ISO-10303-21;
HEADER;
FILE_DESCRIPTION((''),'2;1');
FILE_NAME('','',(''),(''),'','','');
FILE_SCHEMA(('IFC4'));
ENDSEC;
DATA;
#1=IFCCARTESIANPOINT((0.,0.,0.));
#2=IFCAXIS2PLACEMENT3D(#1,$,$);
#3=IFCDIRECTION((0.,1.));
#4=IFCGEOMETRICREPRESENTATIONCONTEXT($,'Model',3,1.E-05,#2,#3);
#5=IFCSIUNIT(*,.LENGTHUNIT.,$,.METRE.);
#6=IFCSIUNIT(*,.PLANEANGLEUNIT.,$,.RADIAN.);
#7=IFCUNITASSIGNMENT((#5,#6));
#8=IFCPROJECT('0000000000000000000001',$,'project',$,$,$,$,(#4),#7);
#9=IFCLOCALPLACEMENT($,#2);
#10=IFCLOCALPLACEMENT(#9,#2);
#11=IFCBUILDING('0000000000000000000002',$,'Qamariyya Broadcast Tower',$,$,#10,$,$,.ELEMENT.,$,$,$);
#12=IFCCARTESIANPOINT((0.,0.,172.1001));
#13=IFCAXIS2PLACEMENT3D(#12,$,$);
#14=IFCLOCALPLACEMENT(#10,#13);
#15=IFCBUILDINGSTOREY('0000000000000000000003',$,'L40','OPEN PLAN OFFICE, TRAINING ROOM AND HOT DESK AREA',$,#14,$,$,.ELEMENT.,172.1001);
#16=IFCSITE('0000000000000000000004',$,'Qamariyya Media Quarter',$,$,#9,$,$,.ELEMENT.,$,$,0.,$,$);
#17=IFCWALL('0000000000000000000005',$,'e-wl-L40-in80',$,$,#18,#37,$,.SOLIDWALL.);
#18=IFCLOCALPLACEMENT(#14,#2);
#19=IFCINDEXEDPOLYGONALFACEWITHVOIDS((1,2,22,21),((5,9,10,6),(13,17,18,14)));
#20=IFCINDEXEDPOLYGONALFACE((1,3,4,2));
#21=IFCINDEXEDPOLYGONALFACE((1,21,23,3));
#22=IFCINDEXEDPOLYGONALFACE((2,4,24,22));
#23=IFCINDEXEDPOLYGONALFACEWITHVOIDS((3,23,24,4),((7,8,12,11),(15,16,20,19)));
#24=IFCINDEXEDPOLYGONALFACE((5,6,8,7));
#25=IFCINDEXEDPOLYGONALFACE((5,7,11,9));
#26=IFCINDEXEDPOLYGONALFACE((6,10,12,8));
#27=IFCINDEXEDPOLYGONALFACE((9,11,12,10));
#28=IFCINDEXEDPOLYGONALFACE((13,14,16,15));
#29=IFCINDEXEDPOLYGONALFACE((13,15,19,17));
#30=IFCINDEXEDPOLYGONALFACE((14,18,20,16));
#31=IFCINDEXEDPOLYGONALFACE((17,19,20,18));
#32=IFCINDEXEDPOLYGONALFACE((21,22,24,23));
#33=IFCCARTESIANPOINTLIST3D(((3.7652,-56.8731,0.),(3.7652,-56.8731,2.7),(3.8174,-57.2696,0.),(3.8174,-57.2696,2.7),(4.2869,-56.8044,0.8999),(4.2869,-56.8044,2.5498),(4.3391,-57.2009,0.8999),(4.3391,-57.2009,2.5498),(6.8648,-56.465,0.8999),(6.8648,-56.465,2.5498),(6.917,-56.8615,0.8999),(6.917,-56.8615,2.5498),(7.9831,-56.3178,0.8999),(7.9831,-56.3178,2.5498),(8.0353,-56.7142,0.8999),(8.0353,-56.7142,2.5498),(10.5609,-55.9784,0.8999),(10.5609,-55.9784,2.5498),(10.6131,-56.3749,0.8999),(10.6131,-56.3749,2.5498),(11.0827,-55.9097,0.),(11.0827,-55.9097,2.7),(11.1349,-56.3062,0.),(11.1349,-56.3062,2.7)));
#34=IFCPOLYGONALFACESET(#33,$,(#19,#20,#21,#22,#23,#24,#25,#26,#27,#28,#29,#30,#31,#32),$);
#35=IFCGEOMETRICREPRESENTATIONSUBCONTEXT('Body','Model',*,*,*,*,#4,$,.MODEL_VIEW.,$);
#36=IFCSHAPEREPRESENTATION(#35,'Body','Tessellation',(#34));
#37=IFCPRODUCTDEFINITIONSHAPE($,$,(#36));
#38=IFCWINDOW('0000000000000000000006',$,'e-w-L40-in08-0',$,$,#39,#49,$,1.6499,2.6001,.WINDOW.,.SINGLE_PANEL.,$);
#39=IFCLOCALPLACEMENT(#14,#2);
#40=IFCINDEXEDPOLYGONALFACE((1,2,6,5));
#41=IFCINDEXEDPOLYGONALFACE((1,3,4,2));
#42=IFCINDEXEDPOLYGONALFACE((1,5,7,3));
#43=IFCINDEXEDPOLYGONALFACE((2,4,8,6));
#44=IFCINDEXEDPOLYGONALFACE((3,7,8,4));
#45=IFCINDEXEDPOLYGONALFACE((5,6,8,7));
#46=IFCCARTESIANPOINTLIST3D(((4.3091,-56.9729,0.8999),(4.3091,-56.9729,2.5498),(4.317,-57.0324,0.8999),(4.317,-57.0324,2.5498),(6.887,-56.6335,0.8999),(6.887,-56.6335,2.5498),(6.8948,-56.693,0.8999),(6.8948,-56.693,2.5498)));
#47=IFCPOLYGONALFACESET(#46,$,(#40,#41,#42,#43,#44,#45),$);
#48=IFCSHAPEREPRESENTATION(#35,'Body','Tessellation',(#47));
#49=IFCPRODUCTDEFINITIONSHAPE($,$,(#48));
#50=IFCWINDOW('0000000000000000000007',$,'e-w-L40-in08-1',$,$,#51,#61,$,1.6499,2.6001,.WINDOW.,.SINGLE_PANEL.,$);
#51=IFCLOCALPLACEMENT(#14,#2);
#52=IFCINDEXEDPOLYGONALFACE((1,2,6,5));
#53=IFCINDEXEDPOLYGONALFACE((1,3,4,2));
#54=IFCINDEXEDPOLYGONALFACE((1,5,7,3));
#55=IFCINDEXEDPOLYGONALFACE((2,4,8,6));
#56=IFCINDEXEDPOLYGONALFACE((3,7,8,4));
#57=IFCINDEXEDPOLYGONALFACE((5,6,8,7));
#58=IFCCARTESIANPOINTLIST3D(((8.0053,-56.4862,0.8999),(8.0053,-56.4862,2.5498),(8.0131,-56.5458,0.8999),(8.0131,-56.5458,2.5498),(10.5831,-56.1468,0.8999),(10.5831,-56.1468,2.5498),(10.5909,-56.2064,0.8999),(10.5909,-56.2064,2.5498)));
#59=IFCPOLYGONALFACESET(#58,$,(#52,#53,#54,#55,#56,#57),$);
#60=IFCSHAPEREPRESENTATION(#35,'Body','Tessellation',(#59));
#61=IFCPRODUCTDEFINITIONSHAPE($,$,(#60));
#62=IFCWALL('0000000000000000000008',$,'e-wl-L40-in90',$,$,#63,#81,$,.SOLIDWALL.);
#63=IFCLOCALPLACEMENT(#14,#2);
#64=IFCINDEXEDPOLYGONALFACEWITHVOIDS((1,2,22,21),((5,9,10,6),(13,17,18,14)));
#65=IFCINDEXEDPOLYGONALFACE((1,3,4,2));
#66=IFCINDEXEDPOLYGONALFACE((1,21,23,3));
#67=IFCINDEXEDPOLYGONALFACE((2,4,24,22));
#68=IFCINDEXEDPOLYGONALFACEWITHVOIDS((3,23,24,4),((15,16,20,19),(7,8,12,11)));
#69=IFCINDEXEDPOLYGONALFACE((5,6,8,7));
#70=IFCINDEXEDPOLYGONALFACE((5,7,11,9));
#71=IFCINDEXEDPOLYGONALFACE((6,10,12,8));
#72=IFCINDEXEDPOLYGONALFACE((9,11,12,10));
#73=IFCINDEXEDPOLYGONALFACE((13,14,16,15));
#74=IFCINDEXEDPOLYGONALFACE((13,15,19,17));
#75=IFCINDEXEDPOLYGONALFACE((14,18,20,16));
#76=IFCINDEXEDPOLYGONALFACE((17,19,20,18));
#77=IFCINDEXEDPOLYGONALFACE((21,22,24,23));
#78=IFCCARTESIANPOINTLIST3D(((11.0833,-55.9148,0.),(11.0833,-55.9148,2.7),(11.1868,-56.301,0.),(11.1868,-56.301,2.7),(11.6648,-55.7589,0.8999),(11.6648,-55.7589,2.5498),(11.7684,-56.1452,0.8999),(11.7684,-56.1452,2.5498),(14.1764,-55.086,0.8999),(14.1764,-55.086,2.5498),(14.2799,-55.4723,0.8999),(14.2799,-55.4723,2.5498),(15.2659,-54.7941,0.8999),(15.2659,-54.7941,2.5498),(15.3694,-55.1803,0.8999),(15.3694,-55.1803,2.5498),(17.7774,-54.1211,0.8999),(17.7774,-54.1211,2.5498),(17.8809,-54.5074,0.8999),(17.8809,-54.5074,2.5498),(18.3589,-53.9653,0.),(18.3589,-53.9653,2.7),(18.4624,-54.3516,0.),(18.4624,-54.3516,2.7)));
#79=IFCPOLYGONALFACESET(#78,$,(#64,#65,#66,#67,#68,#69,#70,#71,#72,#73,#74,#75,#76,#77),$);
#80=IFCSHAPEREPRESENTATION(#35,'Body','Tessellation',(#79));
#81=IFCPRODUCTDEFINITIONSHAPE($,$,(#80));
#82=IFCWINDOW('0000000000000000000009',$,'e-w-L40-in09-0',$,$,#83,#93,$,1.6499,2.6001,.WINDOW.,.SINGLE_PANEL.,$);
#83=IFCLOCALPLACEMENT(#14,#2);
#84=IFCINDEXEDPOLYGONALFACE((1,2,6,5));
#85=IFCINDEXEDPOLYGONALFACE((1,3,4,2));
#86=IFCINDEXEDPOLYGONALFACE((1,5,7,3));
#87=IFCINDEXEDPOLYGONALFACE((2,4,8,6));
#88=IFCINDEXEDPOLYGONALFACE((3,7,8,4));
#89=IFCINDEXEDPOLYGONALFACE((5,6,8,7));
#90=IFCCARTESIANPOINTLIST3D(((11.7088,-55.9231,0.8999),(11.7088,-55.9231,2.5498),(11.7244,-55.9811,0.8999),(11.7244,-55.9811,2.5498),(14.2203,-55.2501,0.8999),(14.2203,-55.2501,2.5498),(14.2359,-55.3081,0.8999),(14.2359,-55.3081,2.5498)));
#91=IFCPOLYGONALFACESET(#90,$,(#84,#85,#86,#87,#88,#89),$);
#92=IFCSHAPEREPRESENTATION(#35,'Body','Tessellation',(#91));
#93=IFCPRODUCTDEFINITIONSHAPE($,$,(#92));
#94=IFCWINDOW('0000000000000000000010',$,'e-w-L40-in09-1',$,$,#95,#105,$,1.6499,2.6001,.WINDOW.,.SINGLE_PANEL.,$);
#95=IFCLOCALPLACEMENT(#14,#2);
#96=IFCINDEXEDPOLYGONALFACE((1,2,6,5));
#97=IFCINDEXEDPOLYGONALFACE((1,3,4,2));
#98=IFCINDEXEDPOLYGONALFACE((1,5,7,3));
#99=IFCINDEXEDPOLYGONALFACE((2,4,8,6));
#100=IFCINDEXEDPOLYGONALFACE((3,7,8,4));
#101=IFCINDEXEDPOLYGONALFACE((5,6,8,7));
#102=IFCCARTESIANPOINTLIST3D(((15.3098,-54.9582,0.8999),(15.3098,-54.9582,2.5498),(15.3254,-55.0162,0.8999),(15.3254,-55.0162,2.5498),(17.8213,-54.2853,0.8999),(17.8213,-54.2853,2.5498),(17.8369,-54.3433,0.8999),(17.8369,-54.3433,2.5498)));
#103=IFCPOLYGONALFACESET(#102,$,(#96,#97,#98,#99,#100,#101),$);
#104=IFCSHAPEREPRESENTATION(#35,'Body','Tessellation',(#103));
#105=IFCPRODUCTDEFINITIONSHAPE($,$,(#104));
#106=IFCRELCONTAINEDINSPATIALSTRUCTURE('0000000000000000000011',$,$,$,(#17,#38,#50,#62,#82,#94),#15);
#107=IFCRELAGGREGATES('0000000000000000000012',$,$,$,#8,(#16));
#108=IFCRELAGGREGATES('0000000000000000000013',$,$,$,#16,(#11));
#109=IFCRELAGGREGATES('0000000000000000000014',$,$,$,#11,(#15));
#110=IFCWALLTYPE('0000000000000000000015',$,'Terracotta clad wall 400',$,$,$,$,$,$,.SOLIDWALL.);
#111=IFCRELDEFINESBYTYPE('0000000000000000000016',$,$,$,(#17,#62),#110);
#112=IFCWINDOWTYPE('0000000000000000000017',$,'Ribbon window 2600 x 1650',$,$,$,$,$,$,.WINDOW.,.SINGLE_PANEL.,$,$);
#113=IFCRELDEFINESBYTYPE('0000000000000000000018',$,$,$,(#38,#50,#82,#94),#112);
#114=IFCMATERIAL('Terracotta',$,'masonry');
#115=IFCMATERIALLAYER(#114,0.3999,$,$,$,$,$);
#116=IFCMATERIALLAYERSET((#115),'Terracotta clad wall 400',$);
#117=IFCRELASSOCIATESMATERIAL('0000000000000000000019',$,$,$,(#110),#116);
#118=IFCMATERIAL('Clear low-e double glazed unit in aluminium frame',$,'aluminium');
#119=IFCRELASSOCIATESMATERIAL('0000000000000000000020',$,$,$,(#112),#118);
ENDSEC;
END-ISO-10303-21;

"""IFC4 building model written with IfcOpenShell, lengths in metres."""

from ifc_helpers import new_model, si_unit, direction, frame, frame_2d, origin, place, context, subcontext, project, spatial, rectangle, extrude, material, layer, layer_set, type_object, element, fill, save


model = new_model("IFC4")

# Units and contexts
model_context = context("Model", 3, precision=1e-05, world=origin(), true_north=direction((0.0, 1.0)))
body_context = subcontext(model_context, "Body", "Model", "MODEL_VIEW")
ifc_project = project(units=[si_unit("LENGTHUNIT", "METRE"), si_unit("PLANEANGLEUNIT", "RADIAN")], contexts=[model_context])

# Site, building, storey
site_placement = place(None, origin())
site = spatial("IfcSite", under=ifc_project, at=site_placement, Name="Qamariyya Media Quarter", CompositionType="ELEMENT", RefElevation=0.0)
building_placement = place(site_placement, origin())
building = spatial("IfcBuilding", under=site, at=building_placement, Name="Qamariyya Broadcast Tower", CompositionType="ELEMENT")
storey_placement = place(building_placement, frame((0.0, 0.0, 172.1001)))
storey = spatial("IfcBuildingStorey", under=building, at=storey_placement, Name="L40", Description="OPEN PLAN OFFICE, TRAINING ROOM AND HOT DESK AREA", CompositionType="ELEMENT", Elevation=172.1001)

# Walls, openings, windows
ifc_material_1 = material(Name="Terracotta", Category="masonry")
ifc_layer_1 = layer(ifc_material_1, 0.3999)
ifc_layer_set_1 = layer_set([ifc_layer_1], Name="Terracotta clad wall 400")
wall_type_1 = type_object("IfcWallType", Name="Terracotta clad wall 400", PredefinedType="SOLIDWALL", material=ifc_layer_set_1)
ifc_material_2 = material(Name="Clear low-e double glazed unit in aluminium frame", Category="aluminium")
window_type = type_object("IfcWindowType", Name="Ribbon window 2600 x 1650", PartitioningType="SINGLE_PANEL", PredefinedType="WINDOW", material=ifc_material_2)
wall_1_placement = place(storey_placement, frame((11.1089, -56.1079, 0.0), z_axis=(0.0, 0.0, 1.0), x_axis=(-0.991444, -0.13053, 0.0)))
wall_1 = element("IfcWall", 1, at=wall_1_placement, inside=storey, type_object=wall_type_1, Name="e-wl-L40-in80", PredefinedType="SOLIDWALL", context=body_context, shape_type="SweptSolid", body=[
    extrude(rectangle(XDim=7.3806, YDim=0.3999, at=frame_2d((3.6904, 0.0))), origin(), (0.0, 0.0, 1.0), 2.7),
])
opening_1_placement = place(wall_1_placement, frame((4.2544, 0.0, 0.8999)))
opening_1 = element("IfcOpeningElement", 2, at=opening_1_placement, cuts=wall_1, PredefinedType="OPENING", context=body_context, shape_type="SweptSolid", body=[
    extrude(rectangle(XDim=2.6001, YDim=1.6499, at=frame_2d((1.3, 0.825))), frame((0.0, 0.21, 0.0), z_axis=(0.0, -1.0, 0.0), x_axis=(1.0, 0.0, 0.0)), (0.0, 0.0, 1.0), 0.4199),
])
opening_2_placement = place(wall_1_placement, frame((0.5264, 0.0, 0.8999)))
opening_2 = element("IfcOpeningElement", 3, at=opening_2_placement, cuts=wall_1, PredefinedType="OPENING", context=body_context, shape_type="SweptSolid", body=[
    extrude(rectangle(XDim=2.6001, YDim=1.6499, at=frame_2d((1.3, 0.825))), frame((0.0, 0.21, 0.0), z_axis=(0.0, -1.0, 0.0), x_axis=(1.0, 0.0, 0.0)), (0.0, 0.0, 1.0), 0.4199),
])
window_1_placement = place(opening_1_placement, origin())
window_1 = element("IfcWindow", 4, at=window_1_placement, inside=storey, type_object=window_type, Name="e-w-L40-in08-0", OverallHeight=1.6499, OverallWidth=2.6001, PartitioningType="SINGLE_PANEL", PredefinedType="WINDOW", context=body_context, shape_type="SweptSolid", body=[
    extrude(rectangle(XDim=2.6001, YDim=1.6499, at=frame_2d((1.3, 0.825))), frame((0.0, 0.03, 0.0), z_axis=(0.0, -1.0, 0.0), x_axis=(1.0, 0.0, 0.0)), (0.0, 0.0, 1.0), 0.0601),
])
fill(opening_1, window_1)
window_2_placement = place(opening_2_placement, origin())
window_2 = element("IfcWindow", 5, at=window_2_placement, inside=storey, type_object=window_type, Name="e-w-L40-in08-1", OverallHeight=1.6499, OverallWidth=2.6001, PartitioningType="SINGLE_PANEL", PredefinedType="WINDOW", context=body_context, shape_type="SweptSolid", body=[
    extrude(rectangle(XDim=2.6001, YDim=1.6499, at=frame_2d((1.3, 0.825))), frame((0.0, 0.03, 0.0), z_axis=(0.0, -1.0, 0.0), x_axis=(1.0, 0.0, 0.0)), (0.0, 0.0, 1.0), 0.0601),
])
fill(opening_2, window_2)
wall_2_placement = place(storey_placement, frame((18.4106, -54.1584, 0.0), z_axis=(0.0, 0.0, 1.0), x_axis=(-0.965927, -0.258814, 0.0)))
wall_2 = element("IfcWall", 6, at=wall_2_placement, inside=storey, type_object=wall_type_1, Name="e-wl-L40-in90", PredefinedType="SOLIDWALL", context=body_context, shape_type="SweptSolid", body=[
    extrude(rectangle(XDim=7.5322, YDim=0.3999, at=frame_2d((3.7661, 0.0))), origin(), (0.0, 0.0, 1.0), 2.7),
])
opening_3_placement = place(wall_2_placement, frame((4.3301, 0.0, 0.8999)))
opening_3 = element("IfcOpeningElement", 7, at=opening_3_placement, cuts=wall_2, PredefinedType="OPENING", context=body_context, shape_type="SweptSolid", body=[
    extrude(rectangle(XDim=2.6001, YDim=1.6499, at=frame_2d((1.3, 0.825))), frame((0.0, 0.21, 0.0), z_axis=(0.0, -1.0, 0.0), x_axis=(1.0, 0.0, 0.0)), (0.0, 0.0, 1.0), 0.4199),
])
opening_4_placement = place(wall_2_placement, frame((0.6021, 0.0, 0.8999)))
opening_4 = element("IfcOpeningElement", 8, at=opening_4_placement, cuts=wall_2, PredefinedType="OPENING", context=body_context, shape_type="SweptSolid", body=[
    extrude(rectangle(XDim=2.6001, YDim=1.6499, at=frame_2d((1.3, 0.825))), frame((0.0, 0.21, 0.0), z_axis=(0.0, -1.0, 0.0), x_axis=(1.0, 0.0, 0.0)), (0.0, 0.0, 1.0), 0.4199),
])
window_3_placement = place(opening_3_placement, origin())
window_3 = element("IfcWindow", 9, at=window_3_placement, inside=storey, type_object=window_type, Name="e-w-L40-in09-0", OverallHeight=1.6499, OverallWidth=2.6001, PartitioningType="SINGLE_PANEL", PredefinedType="WINDOW", context=body_context, shape_type="SweptSolid", body=[
    extrude(rectangle(XDim=2.6001, YDim=1.6499, at=frame_2d((1.3, 0.825))), frame((0.0, 0.03, 0.0), z_axis=(0.0, -1.0, 0.0), x_axis=(1.0, 0.0, 0.0)), (0.0, 0.0, 1.0), 0.0601),
])
fill(opening_3, window_3)
window_4_placement = place(opening_4_placement, origin())
window_4 = element("IfcWindow", 10, at=window_4_placement, inside=storey, type_object=window_type, Name="e-w-L40-in09-1", OverallHeight=1.6499, OverallWidth=2.6001, PartitioningType="SINGLE_PANEL", PredefinedType="WINDOW", context=body_context, shape_type="SweptSolid", body=[
    extrude(rectangle(XDim=2.6001, YDim=1.6499, at=frame_2d((1.3, 0.825))), frame((0.0, 0.03, 0.0), z_axis=(0.0, -1.0, 0.0), x_axis=(1.0, 0.0, 0.0)), (0.0, 0.0, 1.0), 0.0601),
])
fill(opening_4, window_4)

save(model, "model.ifc")
